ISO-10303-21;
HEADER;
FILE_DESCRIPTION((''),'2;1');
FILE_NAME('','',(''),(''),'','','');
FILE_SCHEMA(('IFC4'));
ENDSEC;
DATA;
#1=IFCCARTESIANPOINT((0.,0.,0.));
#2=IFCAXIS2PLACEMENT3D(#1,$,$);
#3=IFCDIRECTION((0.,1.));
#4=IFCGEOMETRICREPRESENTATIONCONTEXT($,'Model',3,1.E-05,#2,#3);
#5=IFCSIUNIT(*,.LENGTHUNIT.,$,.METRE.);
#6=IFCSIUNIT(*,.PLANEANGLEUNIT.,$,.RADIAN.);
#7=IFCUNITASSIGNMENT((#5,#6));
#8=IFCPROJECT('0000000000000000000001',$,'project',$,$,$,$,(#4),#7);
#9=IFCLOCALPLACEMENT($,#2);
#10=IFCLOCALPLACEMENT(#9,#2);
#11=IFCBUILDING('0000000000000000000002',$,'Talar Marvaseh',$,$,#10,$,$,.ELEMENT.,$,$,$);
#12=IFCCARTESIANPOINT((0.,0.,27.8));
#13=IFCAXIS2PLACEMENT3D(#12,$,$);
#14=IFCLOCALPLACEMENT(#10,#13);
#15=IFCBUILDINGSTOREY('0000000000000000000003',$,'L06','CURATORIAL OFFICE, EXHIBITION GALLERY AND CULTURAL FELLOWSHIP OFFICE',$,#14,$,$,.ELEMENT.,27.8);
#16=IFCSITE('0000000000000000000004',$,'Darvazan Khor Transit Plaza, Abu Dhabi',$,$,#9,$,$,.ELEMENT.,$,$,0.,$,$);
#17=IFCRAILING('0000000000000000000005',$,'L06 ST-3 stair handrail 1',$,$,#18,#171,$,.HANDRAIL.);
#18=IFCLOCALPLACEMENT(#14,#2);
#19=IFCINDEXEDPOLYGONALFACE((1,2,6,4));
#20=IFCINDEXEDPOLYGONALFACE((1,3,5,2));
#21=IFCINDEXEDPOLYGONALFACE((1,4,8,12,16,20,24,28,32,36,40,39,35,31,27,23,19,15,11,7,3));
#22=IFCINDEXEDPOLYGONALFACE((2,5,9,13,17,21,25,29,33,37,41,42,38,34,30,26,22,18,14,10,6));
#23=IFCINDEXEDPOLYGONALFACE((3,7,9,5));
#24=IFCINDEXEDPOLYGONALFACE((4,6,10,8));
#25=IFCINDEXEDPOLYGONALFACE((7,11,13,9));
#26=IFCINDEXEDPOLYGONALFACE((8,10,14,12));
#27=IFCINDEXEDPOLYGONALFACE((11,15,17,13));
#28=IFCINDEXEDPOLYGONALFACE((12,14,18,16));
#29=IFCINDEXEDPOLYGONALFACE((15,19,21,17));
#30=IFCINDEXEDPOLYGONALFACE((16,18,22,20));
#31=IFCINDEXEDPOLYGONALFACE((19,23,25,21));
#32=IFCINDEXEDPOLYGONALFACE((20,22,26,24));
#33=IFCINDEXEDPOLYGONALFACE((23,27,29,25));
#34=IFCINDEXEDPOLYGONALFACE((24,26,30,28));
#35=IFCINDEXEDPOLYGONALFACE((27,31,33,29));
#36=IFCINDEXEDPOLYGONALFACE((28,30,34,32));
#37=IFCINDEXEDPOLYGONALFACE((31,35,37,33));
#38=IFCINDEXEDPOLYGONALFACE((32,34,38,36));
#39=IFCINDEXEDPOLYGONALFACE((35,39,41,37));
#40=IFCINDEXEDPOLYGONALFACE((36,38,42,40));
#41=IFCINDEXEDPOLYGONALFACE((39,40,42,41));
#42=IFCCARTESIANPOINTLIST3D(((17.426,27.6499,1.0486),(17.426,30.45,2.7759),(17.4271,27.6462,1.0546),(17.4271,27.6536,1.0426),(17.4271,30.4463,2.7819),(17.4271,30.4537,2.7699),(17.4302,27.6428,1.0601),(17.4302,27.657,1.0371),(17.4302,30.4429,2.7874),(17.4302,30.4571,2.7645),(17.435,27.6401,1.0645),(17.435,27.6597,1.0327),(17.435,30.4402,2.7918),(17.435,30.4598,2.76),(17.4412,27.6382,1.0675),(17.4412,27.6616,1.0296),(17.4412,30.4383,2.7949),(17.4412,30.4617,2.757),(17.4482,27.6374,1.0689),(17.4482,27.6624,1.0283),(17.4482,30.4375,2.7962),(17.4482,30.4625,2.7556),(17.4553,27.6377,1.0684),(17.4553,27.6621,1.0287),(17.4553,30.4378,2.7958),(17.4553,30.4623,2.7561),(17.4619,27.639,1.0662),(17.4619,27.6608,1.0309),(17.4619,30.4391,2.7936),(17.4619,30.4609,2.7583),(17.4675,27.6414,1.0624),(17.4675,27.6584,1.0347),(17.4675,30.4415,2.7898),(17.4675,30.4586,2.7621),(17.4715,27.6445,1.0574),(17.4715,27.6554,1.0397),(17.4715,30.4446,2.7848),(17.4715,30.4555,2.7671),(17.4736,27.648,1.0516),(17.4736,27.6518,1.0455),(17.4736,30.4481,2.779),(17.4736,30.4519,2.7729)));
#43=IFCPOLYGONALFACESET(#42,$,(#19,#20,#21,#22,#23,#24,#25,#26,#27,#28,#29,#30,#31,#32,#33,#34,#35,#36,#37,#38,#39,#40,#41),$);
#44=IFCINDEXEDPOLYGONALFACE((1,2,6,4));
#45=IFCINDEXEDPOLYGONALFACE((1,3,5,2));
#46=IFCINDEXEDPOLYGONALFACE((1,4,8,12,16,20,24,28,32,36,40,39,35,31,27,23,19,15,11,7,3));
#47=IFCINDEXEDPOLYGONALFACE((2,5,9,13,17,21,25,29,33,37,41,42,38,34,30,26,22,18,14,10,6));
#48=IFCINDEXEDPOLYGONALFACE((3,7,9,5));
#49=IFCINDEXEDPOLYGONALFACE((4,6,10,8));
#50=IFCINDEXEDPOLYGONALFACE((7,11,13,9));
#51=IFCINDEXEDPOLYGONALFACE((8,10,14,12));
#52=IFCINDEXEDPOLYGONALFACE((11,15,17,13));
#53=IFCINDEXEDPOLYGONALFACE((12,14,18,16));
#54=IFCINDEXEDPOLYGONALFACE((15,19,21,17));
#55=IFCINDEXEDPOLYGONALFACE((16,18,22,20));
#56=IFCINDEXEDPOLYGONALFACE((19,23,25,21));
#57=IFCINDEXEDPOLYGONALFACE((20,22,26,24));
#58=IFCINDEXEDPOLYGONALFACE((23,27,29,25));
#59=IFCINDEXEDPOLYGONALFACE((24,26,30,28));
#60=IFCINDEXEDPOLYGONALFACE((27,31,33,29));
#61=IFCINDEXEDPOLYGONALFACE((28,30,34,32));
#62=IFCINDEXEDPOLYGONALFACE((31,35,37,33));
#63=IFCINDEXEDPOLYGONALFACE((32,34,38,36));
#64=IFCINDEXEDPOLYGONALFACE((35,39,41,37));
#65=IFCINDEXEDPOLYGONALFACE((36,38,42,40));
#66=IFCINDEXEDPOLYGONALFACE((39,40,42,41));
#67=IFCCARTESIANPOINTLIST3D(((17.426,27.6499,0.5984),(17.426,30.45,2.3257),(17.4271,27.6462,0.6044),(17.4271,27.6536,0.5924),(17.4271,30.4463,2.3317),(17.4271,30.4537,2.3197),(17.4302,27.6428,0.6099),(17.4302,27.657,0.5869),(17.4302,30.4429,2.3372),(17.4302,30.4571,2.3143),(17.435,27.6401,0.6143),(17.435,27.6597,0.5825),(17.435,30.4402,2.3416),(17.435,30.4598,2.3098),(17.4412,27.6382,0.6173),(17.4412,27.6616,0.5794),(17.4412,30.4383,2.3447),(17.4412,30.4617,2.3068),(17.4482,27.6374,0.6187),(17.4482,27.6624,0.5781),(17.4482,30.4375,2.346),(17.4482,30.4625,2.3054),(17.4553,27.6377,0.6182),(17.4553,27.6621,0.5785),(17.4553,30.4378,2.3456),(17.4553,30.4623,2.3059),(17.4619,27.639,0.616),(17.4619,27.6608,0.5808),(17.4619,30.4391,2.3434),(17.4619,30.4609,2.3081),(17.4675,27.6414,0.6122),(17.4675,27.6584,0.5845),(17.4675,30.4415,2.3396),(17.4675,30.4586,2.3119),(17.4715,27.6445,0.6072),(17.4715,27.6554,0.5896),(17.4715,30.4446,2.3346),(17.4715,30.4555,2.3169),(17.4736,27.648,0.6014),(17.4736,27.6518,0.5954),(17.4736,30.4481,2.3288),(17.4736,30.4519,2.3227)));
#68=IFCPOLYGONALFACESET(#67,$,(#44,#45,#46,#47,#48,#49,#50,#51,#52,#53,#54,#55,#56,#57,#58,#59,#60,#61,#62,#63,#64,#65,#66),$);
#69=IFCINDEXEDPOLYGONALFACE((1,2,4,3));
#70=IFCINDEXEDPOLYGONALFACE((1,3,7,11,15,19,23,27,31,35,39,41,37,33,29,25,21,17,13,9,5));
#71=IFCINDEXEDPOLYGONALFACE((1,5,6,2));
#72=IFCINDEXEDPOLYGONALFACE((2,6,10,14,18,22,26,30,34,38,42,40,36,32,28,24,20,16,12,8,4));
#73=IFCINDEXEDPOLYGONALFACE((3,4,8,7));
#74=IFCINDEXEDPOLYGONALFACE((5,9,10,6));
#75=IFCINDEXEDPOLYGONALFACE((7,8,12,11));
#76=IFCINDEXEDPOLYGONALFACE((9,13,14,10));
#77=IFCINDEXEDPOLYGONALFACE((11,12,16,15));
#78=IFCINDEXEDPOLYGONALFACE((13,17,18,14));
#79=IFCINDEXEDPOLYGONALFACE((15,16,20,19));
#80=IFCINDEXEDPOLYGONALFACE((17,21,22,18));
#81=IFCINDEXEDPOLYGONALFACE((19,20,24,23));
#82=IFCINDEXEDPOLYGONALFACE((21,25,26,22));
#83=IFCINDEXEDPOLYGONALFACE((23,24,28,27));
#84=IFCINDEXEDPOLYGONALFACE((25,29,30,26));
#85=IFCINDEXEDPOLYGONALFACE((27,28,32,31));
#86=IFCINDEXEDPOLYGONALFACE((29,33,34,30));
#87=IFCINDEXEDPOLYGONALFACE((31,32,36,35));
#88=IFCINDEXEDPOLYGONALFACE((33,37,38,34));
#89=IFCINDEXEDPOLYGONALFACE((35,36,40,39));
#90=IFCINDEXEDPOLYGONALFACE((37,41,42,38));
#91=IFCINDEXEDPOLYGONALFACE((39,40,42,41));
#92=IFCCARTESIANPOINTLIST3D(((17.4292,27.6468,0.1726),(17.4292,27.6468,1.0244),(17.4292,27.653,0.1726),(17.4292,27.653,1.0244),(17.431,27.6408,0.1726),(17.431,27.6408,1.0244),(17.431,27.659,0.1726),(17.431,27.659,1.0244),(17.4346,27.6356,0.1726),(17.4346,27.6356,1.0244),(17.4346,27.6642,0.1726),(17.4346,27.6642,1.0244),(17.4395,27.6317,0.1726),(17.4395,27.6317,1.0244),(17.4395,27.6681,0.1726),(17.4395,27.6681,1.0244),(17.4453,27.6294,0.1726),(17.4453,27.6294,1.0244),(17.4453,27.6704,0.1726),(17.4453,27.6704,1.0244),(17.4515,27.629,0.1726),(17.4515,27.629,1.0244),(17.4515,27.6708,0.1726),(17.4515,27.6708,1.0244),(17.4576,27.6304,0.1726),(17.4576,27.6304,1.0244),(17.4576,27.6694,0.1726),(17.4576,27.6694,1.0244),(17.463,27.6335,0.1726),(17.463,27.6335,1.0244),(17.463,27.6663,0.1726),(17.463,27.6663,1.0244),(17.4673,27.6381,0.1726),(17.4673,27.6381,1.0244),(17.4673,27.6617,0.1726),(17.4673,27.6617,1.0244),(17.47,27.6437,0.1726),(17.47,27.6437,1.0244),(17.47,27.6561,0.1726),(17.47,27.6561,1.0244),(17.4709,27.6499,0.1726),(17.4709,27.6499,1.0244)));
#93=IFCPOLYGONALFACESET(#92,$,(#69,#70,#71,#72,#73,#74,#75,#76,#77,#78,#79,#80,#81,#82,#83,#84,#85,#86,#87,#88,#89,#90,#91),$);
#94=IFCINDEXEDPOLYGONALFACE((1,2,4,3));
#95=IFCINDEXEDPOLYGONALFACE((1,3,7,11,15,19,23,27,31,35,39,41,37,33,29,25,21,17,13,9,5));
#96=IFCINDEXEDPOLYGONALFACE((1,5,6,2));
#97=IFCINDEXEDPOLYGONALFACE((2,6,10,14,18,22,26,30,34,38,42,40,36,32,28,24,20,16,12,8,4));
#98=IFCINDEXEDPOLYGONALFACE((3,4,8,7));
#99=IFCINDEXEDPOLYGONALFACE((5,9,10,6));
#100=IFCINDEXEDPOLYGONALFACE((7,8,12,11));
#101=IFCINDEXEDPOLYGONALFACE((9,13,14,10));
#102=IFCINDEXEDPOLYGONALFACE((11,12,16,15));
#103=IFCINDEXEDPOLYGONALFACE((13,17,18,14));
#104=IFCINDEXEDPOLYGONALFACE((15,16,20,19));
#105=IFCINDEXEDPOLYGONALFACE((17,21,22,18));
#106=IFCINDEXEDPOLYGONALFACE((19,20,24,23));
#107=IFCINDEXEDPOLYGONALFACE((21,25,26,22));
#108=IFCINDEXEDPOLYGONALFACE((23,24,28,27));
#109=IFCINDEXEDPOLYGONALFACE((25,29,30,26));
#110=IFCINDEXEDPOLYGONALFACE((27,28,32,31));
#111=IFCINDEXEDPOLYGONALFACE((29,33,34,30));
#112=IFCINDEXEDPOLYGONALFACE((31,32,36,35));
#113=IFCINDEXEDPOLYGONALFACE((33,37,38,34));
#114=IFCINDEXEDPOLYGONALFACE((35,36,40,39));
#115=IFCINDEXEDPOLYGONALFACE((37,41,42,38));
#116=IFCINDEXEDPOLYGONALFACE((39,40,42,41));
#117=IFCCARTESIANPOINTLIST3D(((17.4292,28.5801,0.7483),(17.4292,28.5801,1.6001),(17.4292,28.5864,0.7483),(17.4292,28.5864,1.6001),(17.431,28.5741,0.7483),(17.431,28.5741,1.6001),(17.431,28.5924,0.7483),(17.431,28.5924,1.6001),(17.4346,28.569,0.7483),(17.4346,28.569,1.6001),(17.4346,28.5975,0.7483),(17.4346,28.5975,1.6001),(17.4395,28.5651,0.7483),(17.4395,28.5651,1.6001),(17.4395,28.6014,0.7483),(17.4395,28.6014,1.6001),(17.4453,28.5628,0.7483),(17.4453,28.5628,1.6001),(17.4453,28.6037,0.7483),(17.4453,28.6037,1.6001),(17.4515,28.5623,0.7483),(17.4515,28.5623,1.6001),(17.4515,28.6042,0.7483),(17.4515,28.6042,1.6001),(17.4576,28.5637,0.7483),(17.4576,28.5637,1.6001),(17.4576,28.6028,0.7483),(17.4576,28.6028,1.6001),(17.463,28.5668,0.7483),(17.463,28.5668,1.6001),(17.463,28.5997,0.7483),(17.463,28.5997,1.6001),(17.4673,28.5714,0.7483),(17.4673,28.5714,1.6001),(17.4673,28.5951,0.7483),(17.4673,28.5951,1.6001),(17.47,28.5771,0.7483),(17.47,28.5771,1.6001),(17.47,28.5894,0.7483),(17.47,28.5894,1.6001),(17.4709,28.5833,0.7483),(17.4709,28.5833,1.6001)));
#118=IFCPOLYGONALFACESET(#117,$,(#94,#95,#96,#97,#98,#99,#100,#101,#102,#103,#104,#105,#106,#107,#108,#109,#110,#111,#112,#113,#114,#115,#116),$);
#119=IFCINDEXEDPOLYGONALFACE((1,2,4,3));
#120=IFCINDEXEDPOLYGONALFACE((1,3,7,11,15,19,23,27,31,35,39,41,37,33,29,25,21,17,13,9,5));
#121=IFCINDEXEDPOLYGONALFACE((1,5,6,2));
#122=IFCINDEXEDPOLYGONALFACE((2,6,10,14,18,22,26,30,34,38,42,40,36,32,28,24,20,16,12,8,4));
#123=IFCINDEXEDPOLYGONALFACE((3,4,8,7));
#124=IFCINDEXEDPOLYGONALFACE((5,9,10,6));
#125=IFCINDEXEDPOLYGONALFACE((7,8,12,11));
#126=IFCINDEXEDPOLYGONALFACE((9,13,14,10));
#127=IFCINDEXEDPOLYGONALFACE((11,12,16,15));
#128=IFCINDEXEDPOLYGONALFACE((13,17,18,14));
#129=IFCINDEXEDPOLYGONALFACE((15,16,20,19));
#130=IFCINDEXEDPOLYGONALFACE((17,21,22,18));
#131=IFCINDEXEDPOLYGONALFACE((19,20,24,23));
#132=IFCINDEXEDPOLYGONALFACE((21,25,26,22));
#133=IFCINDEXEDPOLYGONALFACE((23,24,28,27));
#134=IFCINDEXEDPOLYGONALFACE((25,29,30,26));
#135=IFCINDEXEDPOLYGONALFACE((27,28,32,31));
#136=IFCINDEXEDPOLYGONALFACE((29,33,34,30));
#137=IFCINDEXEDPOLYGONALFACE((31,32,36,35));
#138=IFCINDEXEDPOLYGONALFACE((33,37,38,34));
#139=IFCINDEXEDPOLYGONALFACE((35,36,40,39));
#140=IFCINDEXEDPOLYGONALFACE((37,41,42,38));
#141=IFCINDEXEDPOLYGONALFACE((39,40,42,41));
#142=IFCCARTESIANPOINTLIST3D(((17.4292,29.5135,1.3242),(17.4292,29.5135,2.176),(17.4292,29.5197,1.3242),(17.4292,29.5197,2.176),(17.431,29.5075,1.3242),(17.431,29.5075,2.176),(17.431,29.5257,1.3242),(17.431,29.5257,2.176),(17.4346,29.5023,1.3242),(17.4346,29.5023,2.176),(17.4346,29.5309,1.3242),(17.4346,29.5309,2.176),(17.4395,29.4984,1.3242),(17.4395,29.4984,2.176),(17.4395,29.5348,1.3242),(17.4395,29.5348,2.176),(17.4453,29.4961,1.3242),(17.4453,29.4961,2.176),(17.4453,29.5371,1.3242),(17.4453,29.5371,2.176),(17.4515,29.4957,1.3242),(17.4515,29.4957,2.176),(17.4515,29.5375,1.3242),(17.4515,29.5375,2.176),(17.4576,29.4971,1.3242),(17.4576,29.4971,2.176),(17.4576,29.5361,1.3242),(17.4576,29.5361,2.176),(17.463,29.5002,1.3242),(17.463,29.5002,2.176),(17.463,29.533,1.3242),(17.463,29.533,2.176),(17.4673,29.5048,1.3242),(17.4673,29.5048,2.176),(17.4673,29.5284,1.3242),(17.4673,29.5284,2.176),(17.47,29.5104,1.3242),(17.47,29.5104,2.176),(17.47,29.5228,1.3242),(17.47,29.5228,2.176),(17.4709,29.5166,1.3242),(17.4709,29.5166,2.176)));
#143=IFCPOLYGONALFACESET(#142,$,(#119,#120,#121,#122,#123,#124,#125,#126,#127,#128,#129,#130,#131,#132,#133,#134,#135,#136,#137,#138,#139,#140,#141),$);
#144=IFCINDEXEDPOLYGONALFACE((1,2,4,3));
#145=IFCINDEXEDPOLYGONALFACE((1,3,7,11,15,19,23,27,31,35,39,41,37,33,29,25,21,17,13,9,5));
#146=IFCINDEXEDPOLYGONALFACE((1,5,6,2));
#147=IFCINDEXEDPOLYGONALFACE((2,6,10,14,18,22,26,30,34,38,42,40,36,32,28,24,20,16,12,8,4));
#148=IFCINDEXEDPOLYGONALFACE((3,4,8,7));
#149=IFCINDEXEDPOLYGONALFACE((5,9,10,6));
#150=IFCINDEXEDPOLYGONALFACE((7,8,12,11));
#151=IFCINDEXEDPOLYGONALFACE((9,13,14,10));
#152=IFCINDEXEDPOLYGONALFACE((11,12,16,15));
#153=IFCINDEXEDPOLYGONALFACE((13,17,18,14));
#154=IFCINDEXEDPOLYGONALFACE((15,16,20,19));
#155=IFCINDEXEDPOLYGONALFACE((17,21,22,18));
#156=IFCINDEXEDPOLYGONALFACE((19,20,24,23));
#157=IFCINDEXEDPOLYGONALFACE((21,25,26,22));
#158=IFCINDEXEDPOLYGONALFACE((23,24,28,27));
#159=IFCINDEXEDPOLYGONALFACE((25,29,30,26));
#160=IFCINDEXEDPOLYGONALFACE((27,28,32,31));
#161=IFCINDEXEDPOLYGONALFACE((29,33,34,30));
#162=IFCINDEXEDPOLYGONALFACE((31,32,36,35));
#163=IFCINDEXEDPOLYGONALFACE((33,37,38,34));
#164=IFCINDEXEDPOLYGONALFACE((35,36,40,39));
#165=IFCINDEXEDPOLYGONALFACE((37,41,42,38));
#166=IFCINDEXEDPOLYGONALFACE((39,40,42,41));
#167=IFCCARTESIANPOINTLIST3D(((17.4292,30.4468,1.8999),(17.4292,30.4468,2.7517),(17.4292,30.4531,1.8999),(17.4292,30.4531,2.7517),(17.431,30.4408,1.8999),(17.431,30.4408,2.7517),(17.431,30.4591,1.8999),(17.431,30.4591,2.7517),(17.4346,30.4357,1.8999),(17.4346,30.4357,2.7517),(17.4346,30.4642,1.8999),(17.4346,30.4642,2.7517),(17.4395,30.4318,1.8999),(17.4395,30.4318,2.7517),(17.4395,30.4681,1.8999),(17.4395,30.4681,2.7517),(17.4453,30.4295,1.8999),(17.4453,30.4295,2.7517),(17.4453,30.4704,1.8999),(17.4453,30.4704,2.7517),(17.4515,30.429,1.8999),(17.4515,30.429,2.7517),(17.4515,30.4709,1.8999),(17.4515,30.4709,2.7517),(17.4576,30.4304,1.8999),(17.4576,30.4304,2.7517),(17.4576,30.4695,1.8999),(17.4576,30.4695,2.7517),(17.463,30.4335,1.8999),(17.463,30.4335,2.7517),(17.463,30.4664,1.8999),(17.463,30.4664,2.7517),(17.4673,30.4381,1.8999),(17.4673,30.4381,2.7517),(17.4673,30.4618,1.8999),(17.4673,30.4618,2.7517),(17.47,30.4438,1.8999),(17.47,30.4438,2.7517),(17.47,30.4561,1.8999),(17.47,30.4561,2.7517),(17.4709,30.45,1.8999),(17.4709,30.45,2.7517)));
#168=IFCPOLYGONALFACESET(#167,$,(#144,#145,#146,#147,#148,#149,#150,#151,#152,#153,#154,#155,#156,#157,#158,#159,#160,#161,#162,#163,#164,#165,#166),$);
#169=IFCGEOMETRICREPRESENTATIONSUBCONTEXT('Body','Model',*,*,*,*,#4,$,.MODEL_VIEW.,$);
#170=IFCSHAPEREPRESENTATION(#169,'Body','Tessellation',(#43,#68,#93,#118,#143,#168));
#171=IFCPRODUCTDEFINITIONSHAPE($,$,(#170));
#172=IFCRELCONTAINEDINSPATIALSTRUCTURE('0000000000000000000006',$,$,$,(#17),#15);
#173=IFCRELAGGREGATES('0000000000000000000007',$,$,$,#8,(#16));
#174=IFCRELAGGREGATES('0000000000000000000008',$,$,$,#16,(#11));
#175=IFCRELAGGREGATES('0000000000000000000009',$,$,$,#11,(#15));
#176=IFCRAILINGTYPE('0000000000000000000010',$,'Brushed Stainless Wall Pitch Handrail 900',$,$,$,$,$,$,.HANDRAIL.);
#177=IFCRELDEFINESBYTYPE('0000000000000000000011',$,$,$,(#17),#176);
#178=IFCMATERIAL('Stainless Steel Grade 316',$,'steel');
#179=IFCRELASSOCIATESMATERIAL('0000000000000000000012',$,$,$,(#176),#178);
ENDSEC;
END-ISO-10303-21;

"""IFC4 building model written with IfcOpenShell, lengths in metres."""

from ifc_helpers import new_model, si_unit, direction, frame, origin, origin_2d, place, context, subcontext, project, spatial, circle, extrude, material, type_object, element, save


model = new_model("IFC4")

# Units and contexts
model_context = context("Model", 3, precision=1e-05, world=origin(), true_north=direction((0.0, 1.0)))
body_context = subcontext(model_context, "Body", "Model", "MODEL_VIEW")
ifc_project = project(units=[si_unit("LENGTHUNIT", "METRE"), si_unit("PLANEANGLEUNIT", "RADIAN")], contexts=[model_context])

# Site, building, storey
site_placement = place(None, origin())
site = spatial("IfcSite", under=ifc_project, at=site_placement, Name="Darvazan Khor Transit Plaza, Abu Dhabi", CompositionType="ELEMENT", RefElevation=0.0)
building_placement = place(site_placement, origin())
building = spatial("IfcBuilding", under=site, at=building_placement, Name="Talar Marvaseh", CompositionType="ELEMENT")
storey_placement = place(building_placement, frame((0.0, 0.0, 27.8)))
storey = spatial("IfcBuildingStorey", under=building, at=storey_placement, Name="L06", Description="CURATORIAL OFFICE, EXHIBITION GALLERY AND CULTURAL FELLOWSHIP OFFICE", CompositionType="ELEMENT", Elevation=27.8)

# Railing
ifc_material_1 = material(Name="Stainless Steel Grade 316", Category="steel")
railing_type_1 = type_object("IfcRailingType", Name="Brushed Stainless Wall Pitch Handrail 900", PredefinedType="HANDRAIL", material=ifc_material_1)
railing_1_placement = place(storey_placement, frame((17.45, 27.6499, 0.1726)))
element("IfcRailing", 1, at=railing_1_placement, inside=storey, type_object=railing_type_1, Name="L06 ST-3 stair handrail 1", PredefinedType="HANDRAIL", context=body_context, shape_type="SweptSolid", body=[
    extrude(circle(Radius=0.0239, at=origin_2d()), frame((0.0, 0.0, 0.876), z_axis=(0.0, 0.85109, 0.52502), x_axis=(-1.0, 0.0, 0.0)), (0.0, 0.0, 1.0), 3.29),
    extrude(circle(Radius=0.0239, at=origin_2d()), frame((0.0, 0.0, 0.4258), z_axis=(0.0, 0.85109, 0.52502), x_axis=(-1.0, 0.0, 0.0)), (0.0, 0.0, 1.0), 3.29),
    extrude(circle(Radius=0.021, at=origin_2d()), origin(), (0.0, 0.0, 1.0), 0.8518),
    extrude(circle(Radius=0.021, at=origin_2d()), frame((0.0, 0.9333, 0.5757)), (0.0, 0.0, 1.0), 0.8518),
    extrude(circle(Radius=0.021, at=origin_2d()), frame((0.0, 1.8667, 1.1516)), (0.0, 0.0, 1.0), 0.8518),
    extrude(circle(Radius=0.021, at=origin_2d()), frame((0.0, 2.8, 1.7273)), (0.0, 0.0, 1.0), 0.8518),
])

save(model, "model.ifc")
